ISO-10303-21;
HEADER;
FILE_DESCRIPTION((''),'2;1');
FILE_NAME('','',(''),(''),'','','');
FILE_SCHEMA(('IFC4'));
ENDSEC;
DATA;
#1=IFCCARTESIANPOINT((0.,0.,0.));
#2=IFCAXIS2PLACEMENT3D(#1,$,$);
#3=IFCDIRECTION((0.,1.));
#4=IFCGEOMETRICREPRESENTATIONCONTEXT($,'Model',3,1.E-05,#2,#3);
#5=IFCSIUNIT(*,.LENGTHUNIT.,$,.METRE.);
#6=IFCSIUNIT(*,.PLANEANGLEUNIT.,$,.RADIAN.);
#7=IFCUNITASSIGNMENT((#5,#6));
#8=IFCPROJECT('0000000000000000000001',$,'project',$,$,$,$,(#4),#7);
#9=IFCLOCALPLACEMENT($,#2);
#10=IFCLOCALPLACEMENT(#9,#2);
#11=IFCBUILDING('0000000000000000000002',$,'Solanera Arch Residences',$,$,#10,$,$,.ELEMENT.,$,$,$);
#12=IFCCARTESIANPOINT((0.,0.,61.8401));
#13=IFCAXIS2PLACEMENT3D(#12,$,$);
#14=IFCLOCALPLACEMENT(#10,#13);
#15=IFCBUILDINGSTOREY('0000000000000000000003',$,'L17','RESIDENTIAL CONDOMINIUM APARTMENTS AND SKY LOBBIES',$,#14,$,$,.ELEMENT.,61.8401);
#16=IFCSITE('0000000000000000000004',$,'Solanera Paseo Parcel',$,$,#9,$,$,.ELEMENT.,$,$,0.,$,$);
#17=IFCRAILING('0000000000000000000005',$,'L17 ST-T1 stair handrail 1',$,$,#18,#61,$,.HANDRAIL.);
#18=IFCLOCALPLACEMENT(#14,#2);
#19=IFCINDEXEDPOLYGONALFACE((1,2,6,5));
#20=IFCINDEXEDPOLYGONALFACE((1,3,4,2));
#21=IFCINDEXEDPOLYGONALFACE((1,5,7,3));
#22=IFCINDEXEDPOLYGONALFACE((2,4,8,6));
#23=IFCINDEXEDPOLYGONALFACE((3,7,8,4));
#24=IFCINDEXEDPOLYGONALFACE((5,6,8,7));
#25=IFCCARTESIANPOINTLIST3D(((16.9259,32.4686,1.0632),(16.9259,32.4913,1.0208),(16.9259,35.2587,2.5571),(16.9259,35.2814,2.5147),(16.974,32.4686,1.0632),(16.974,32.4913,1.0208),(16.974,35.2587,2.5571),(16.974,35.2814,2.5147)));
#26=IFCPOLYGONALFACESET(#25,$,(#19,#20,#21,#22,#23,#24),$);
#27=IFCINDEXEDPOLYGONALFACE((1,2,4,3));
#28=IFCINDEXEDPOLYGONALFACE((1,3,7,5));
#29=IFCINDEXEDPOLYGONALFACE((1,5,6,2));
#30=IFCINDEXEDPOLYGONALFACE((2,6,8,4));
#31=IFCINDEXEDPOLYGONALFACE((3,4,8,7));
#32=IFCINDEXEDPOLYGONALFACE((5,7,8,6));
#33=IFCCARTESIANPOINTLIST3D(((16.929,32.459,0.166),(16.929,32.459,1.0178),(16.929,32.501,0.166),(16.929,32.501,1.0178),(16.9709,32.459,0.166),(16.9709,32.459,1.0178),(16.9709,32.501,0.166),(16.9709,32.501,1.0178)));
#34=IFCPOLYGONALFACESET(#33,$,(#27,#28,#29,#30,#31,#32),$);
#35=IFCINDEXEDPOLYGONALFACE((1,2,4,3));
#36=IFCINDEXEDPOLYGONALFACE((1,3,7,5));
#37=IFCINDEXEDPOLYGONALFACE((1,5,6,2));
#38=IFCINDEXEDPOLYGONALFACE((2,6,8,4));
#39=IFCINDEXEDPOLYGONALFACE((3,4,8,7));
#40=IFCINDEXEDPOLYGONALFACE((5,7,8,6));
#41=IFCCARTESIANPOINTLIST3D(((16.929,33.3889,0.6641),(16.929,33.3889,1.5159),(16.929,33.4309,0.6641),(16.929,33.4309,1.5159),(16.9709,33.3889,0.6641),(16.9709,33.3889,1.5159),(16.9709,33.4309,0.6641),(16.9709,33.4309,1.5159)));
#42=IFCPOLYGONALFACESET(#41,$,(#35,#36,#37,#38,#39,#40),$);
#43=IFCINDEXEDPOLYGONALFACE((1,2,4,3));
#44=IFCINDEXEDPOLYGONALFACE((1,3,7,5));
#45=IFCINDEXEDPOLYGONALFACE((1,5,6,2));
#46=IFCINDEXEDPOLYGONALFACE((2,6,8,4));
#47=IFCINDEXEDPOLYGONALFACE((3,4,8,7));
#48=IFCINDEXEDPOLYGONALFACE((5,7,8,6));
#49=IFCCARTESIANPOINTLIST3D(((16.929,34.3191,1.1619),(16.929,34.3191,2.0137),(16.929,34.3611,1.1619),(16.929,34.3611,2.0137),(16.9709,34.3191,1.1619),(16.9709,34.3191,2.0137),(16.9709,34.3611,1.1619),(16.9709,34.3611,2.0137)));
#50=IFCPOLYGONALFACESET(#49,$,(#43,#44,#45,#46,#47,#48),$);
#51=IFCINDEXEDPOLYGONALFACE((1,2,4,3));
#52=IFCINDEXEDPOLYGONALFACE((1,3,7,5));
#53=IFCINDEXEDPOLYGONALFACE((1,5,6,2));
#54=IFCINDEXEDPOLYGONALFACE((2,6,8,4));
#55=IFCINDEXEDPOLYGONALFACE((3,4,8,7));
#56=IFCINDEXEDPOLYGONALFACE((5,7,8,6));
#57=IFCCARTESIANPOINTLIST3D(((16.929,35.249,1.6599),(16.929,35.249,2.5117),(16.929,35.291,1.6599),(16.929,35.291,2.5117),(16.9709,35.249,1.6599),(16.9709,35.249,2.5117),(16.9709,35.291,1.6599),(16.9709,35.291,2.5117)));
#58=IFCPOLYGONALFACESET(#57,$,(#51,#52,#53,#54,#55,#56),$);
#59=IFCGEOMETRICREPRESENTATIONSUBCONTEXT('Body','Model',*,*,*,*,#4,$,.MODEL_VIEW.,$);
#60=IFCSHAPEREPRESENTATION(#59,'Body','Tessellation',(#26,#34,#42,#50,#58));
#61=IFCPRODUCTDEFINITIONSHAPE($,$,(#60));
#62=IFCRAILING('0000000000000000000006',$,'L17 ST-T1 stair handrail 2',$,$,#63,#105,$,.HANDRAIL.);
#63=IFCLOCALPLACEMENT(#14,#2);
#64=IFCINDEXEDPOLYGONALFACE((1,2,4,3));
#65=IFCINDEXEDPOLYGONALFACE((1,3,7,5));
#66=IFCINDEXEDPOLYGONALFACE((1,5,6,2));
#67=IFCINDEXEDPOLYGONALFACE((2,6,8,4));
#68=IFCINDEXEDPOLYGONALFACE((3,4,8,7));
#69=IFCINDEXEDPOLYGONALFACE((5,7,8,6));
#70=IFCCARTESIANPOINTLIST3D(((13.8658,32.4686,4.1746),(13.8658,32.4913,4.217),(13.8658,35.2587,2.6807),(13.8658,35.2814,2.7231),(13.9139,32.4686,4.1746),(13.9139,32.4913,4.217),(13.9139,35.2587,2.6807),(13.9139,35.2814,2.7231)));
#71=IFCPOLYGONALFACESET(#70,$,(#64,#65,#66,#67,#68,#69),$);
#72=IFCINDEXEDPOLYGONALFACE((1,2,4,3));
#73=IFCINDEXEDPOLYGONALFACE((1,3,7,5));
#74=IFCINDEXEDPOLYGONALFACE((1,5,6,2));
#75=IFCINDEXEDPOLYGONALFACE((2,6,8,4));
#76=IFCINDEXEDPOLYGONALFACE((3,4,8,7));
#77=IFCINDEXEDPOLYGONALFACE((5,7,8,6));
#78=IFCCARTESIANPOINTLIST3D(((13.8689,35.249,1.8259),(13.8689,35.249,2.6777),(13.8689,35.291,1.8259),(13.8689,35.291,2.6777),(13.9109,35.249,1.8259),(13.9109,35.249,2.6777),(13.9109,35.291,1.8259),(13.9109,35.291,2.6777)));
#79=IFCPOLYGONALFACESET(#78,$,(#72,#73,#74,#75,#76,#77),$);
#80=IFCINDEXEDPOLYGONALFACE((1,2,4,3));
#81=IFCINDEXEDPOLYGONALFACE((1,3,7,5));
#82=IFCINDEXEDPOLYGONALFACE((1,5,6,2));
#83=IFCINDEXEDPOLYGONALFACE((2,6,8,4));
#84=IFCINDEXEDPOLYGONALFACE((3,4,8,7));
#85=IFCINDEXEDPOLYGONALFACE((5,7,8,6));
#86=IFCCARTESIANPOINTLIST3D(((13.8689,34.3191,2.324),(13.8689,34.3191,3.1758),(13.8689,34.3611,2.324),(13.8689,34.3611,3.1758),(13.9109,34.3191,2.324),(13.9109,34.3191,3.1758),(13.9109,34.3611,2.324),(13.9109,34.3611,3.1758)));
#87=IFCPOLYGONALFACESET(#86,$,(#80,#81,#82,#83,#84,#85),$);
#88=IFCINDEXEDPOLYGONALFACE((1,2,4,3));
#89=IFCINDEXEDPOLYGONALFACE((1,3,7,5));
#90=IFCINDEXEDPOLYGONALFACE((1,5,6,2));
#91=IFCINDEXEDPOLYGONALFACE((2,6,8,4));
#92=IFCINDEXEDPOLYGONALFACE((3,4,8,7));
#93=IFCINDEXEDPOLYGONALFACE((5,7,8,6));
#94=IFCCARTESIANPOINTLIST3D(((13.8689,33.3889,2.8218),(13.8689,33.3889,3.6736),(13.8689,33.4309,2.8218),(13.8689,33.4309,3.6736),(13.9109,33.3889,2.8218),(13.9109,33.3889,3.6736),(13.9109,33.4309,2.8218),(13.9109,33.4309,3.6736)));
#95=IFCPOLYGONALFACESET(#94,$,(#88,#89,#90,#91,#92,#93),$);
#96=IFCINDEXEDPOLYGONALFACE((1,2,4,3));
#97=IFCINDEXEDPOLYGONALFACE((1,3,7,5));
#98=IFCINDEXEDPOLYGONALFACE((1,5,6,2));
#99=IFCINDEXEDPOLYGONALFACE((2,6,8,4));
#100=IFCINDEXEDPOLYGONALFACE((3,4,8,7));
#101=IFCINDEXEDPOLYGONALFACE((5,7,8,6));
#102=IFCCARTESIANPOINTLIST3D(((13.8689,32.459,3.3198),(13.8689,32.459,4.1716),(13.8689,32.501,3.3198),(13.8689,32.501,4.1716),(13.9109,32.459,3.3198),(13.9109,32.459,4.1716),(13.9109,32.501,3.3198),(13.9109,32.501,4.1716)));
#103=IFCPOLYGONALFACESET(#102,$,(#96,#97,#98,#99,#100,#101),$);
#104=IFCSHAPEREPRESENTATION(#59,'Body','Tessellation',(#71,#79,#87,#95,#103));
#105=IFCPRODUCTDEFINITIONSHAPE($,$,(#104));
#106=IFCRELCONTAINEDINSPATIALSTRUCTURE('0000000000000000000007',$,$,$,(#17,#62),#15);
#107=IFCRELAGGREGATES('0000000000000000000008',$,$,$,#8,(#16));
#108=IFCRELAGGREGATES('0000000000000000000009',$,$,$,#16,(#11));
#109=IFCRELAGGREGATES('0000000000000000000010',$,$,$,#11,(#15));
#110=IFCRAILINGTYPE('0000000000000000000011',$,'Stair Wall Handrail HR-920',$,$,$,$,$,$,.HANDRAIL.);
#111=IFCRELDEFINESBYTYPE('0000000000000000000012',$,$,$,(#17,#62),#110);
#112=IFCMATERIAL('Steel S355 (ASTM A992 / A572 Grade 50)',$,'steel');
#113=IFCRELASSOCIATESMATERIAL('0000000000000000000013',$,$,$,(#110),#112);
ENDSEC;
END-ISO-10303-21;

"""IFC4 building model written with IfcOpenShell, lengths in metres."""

from ifc_helpers import new_model, si_unit, direction, frame, origin, origin_2d, place, context, subcontext, project, spatial, rectangle, extrude, material, type_object, element, save


model = new_model("IFC4")

# Units and contexts
model_context = context("Model", 3, precision=1e-05, world=origin(), true_north=direction((0.0, 1.0)))
body_context = subcontext(model_context, "Body", "Model", "MODEL_VIEW")
ifc_project = project(units=[si_unit("LENGTHUNIT", "METRE"), si_unit("PLANEANGLEUNIT", "RADIAN")], contexts=[model_context])

# Site, building, storey
site_placement = place(None, origin())
site = spatial("IfcSite", under=ifc_project, at=site_placement, Name="Solanera Paseo Parcel", CompositionType="ELEMENT", RefElevation=0.0)
building_placement = place(site_placement, origin())
building = spatial("IfcBuilding", under=site, at=building_placement, Name="Solanera Arch Residences", CompositionType="ELEMENT")
storey_placement = place(building_placement, frame((0.0, 0.0, 61.8401)))
storey = spatial("IfcBuildingStorey", under=building, at=storey_placement, Name="L17", Description="RESIDENTIAL CONDOMINIUM APARTMENTS AND SKY LOBBIES", CompositionType="ELEMENT", Elevation=61.8401)

# Railings
ifc_material_1 = material(Name="Steel S355 (ASTM A992 / A572 Grade 50)", Category="steel")
railing_type_1 = type_object("IfcRailingType", Name="Stair Wall Handrail HR-920", PredefinedType="HANDRAIL", material=ifc_material_1)
railing_1_placement = place(storey_placement, frame((16.95, 32.48, 0.166)))
element("IfcRailing", 1, at=railing_1_placement, inside=storey, type_object=railing_type_1, Name="L17 ST-T1 stair handrail 1", PredefinedType="HANDRAIL", context=body_context, shape_type="SweptSolid", body=[
    extrude(rectangle(XDim=0.0481, YDim=0.0481, at=origin_2d()), frame((0.0, 0.0, 0.876), z_axis=(0.0, 0.881581, 0.472033), x_axis=(-1.0, 0.0, 0.0)), (0.0, 0.0, 1.0), 3.1648),
    extrude(rectangle(XDim=0.042, YDim=0.042, at=origin_2d()), origin(), (0.0, 0.0, 1.0), 0.8518),
    extrude(rectangle(XDim=0.042, YDim=0.042, at=origin_2d()), frame((0.0, 0.9299, 0.498)), (0.0, 0.0, 1.0), 0.8518),
    extrude(rectangle(XDim=0.042, YDim=0.042, at=origin_2d()), frame((0.0, 1.8601, 0.9958)), (0.0, 0.0, 1.0), 0.8518),
    extrude(rectangle(XDim=0.042, YDim=0.042, at=origin_2d()), frame((0.0, 2.79, 1.4939)), (0.0, 0.0, 1.0), 0.8518),
])
railing_2_placement = place(storey_placement, frame((13.8899, 35.27, 1.8259)))
element("IfcRailing", 2, at=railing_2_placement, inside=storey, type_object=railing_type_1, Name="L17 ST-T1 stair handrail 2", PredefinedType="HANDRAIL", context=body_context, shape_type="SweptSolid", body=[
    extrude(rectangle(XDim=0.0481, YDim=0.0481, at=origin_2d()), frame((0.0, 0.0, 0.876), z_axis=(0.0, -0.881581, 0.472033), x_axis=(1.0, 0.0, 0.0)), (0.0, 0.0, 1.0), 3.1648),
    extrude(rectangle(XDim=0.042, YDim=0.042, at=origin_2d()), origin(), (0.0, 0.0, 1.0), 0.8518),
    extrude(rectangle(XDim=0.042, YDim=0.042, at=origin_2d()), frame((0.0, -0.9299, 0.498)), (0.0, 0.0, 1.0), 0.8518),
    extrude(rectangle(XDim=0.042, YDim=0.042, at=origin_2d()), frame((0.0, -1.8601, 0.9958)), (0.0, 0.0, 1.0), 0.8518),
    extrude(rectangle(XDim=0.042, YDim=0.042, at=origin_2d()), frame((0.0, -2.79, 1.4939)), (0.0, 0.0, 1.0), 0.8518),
])

save(model, "model.ifc")
